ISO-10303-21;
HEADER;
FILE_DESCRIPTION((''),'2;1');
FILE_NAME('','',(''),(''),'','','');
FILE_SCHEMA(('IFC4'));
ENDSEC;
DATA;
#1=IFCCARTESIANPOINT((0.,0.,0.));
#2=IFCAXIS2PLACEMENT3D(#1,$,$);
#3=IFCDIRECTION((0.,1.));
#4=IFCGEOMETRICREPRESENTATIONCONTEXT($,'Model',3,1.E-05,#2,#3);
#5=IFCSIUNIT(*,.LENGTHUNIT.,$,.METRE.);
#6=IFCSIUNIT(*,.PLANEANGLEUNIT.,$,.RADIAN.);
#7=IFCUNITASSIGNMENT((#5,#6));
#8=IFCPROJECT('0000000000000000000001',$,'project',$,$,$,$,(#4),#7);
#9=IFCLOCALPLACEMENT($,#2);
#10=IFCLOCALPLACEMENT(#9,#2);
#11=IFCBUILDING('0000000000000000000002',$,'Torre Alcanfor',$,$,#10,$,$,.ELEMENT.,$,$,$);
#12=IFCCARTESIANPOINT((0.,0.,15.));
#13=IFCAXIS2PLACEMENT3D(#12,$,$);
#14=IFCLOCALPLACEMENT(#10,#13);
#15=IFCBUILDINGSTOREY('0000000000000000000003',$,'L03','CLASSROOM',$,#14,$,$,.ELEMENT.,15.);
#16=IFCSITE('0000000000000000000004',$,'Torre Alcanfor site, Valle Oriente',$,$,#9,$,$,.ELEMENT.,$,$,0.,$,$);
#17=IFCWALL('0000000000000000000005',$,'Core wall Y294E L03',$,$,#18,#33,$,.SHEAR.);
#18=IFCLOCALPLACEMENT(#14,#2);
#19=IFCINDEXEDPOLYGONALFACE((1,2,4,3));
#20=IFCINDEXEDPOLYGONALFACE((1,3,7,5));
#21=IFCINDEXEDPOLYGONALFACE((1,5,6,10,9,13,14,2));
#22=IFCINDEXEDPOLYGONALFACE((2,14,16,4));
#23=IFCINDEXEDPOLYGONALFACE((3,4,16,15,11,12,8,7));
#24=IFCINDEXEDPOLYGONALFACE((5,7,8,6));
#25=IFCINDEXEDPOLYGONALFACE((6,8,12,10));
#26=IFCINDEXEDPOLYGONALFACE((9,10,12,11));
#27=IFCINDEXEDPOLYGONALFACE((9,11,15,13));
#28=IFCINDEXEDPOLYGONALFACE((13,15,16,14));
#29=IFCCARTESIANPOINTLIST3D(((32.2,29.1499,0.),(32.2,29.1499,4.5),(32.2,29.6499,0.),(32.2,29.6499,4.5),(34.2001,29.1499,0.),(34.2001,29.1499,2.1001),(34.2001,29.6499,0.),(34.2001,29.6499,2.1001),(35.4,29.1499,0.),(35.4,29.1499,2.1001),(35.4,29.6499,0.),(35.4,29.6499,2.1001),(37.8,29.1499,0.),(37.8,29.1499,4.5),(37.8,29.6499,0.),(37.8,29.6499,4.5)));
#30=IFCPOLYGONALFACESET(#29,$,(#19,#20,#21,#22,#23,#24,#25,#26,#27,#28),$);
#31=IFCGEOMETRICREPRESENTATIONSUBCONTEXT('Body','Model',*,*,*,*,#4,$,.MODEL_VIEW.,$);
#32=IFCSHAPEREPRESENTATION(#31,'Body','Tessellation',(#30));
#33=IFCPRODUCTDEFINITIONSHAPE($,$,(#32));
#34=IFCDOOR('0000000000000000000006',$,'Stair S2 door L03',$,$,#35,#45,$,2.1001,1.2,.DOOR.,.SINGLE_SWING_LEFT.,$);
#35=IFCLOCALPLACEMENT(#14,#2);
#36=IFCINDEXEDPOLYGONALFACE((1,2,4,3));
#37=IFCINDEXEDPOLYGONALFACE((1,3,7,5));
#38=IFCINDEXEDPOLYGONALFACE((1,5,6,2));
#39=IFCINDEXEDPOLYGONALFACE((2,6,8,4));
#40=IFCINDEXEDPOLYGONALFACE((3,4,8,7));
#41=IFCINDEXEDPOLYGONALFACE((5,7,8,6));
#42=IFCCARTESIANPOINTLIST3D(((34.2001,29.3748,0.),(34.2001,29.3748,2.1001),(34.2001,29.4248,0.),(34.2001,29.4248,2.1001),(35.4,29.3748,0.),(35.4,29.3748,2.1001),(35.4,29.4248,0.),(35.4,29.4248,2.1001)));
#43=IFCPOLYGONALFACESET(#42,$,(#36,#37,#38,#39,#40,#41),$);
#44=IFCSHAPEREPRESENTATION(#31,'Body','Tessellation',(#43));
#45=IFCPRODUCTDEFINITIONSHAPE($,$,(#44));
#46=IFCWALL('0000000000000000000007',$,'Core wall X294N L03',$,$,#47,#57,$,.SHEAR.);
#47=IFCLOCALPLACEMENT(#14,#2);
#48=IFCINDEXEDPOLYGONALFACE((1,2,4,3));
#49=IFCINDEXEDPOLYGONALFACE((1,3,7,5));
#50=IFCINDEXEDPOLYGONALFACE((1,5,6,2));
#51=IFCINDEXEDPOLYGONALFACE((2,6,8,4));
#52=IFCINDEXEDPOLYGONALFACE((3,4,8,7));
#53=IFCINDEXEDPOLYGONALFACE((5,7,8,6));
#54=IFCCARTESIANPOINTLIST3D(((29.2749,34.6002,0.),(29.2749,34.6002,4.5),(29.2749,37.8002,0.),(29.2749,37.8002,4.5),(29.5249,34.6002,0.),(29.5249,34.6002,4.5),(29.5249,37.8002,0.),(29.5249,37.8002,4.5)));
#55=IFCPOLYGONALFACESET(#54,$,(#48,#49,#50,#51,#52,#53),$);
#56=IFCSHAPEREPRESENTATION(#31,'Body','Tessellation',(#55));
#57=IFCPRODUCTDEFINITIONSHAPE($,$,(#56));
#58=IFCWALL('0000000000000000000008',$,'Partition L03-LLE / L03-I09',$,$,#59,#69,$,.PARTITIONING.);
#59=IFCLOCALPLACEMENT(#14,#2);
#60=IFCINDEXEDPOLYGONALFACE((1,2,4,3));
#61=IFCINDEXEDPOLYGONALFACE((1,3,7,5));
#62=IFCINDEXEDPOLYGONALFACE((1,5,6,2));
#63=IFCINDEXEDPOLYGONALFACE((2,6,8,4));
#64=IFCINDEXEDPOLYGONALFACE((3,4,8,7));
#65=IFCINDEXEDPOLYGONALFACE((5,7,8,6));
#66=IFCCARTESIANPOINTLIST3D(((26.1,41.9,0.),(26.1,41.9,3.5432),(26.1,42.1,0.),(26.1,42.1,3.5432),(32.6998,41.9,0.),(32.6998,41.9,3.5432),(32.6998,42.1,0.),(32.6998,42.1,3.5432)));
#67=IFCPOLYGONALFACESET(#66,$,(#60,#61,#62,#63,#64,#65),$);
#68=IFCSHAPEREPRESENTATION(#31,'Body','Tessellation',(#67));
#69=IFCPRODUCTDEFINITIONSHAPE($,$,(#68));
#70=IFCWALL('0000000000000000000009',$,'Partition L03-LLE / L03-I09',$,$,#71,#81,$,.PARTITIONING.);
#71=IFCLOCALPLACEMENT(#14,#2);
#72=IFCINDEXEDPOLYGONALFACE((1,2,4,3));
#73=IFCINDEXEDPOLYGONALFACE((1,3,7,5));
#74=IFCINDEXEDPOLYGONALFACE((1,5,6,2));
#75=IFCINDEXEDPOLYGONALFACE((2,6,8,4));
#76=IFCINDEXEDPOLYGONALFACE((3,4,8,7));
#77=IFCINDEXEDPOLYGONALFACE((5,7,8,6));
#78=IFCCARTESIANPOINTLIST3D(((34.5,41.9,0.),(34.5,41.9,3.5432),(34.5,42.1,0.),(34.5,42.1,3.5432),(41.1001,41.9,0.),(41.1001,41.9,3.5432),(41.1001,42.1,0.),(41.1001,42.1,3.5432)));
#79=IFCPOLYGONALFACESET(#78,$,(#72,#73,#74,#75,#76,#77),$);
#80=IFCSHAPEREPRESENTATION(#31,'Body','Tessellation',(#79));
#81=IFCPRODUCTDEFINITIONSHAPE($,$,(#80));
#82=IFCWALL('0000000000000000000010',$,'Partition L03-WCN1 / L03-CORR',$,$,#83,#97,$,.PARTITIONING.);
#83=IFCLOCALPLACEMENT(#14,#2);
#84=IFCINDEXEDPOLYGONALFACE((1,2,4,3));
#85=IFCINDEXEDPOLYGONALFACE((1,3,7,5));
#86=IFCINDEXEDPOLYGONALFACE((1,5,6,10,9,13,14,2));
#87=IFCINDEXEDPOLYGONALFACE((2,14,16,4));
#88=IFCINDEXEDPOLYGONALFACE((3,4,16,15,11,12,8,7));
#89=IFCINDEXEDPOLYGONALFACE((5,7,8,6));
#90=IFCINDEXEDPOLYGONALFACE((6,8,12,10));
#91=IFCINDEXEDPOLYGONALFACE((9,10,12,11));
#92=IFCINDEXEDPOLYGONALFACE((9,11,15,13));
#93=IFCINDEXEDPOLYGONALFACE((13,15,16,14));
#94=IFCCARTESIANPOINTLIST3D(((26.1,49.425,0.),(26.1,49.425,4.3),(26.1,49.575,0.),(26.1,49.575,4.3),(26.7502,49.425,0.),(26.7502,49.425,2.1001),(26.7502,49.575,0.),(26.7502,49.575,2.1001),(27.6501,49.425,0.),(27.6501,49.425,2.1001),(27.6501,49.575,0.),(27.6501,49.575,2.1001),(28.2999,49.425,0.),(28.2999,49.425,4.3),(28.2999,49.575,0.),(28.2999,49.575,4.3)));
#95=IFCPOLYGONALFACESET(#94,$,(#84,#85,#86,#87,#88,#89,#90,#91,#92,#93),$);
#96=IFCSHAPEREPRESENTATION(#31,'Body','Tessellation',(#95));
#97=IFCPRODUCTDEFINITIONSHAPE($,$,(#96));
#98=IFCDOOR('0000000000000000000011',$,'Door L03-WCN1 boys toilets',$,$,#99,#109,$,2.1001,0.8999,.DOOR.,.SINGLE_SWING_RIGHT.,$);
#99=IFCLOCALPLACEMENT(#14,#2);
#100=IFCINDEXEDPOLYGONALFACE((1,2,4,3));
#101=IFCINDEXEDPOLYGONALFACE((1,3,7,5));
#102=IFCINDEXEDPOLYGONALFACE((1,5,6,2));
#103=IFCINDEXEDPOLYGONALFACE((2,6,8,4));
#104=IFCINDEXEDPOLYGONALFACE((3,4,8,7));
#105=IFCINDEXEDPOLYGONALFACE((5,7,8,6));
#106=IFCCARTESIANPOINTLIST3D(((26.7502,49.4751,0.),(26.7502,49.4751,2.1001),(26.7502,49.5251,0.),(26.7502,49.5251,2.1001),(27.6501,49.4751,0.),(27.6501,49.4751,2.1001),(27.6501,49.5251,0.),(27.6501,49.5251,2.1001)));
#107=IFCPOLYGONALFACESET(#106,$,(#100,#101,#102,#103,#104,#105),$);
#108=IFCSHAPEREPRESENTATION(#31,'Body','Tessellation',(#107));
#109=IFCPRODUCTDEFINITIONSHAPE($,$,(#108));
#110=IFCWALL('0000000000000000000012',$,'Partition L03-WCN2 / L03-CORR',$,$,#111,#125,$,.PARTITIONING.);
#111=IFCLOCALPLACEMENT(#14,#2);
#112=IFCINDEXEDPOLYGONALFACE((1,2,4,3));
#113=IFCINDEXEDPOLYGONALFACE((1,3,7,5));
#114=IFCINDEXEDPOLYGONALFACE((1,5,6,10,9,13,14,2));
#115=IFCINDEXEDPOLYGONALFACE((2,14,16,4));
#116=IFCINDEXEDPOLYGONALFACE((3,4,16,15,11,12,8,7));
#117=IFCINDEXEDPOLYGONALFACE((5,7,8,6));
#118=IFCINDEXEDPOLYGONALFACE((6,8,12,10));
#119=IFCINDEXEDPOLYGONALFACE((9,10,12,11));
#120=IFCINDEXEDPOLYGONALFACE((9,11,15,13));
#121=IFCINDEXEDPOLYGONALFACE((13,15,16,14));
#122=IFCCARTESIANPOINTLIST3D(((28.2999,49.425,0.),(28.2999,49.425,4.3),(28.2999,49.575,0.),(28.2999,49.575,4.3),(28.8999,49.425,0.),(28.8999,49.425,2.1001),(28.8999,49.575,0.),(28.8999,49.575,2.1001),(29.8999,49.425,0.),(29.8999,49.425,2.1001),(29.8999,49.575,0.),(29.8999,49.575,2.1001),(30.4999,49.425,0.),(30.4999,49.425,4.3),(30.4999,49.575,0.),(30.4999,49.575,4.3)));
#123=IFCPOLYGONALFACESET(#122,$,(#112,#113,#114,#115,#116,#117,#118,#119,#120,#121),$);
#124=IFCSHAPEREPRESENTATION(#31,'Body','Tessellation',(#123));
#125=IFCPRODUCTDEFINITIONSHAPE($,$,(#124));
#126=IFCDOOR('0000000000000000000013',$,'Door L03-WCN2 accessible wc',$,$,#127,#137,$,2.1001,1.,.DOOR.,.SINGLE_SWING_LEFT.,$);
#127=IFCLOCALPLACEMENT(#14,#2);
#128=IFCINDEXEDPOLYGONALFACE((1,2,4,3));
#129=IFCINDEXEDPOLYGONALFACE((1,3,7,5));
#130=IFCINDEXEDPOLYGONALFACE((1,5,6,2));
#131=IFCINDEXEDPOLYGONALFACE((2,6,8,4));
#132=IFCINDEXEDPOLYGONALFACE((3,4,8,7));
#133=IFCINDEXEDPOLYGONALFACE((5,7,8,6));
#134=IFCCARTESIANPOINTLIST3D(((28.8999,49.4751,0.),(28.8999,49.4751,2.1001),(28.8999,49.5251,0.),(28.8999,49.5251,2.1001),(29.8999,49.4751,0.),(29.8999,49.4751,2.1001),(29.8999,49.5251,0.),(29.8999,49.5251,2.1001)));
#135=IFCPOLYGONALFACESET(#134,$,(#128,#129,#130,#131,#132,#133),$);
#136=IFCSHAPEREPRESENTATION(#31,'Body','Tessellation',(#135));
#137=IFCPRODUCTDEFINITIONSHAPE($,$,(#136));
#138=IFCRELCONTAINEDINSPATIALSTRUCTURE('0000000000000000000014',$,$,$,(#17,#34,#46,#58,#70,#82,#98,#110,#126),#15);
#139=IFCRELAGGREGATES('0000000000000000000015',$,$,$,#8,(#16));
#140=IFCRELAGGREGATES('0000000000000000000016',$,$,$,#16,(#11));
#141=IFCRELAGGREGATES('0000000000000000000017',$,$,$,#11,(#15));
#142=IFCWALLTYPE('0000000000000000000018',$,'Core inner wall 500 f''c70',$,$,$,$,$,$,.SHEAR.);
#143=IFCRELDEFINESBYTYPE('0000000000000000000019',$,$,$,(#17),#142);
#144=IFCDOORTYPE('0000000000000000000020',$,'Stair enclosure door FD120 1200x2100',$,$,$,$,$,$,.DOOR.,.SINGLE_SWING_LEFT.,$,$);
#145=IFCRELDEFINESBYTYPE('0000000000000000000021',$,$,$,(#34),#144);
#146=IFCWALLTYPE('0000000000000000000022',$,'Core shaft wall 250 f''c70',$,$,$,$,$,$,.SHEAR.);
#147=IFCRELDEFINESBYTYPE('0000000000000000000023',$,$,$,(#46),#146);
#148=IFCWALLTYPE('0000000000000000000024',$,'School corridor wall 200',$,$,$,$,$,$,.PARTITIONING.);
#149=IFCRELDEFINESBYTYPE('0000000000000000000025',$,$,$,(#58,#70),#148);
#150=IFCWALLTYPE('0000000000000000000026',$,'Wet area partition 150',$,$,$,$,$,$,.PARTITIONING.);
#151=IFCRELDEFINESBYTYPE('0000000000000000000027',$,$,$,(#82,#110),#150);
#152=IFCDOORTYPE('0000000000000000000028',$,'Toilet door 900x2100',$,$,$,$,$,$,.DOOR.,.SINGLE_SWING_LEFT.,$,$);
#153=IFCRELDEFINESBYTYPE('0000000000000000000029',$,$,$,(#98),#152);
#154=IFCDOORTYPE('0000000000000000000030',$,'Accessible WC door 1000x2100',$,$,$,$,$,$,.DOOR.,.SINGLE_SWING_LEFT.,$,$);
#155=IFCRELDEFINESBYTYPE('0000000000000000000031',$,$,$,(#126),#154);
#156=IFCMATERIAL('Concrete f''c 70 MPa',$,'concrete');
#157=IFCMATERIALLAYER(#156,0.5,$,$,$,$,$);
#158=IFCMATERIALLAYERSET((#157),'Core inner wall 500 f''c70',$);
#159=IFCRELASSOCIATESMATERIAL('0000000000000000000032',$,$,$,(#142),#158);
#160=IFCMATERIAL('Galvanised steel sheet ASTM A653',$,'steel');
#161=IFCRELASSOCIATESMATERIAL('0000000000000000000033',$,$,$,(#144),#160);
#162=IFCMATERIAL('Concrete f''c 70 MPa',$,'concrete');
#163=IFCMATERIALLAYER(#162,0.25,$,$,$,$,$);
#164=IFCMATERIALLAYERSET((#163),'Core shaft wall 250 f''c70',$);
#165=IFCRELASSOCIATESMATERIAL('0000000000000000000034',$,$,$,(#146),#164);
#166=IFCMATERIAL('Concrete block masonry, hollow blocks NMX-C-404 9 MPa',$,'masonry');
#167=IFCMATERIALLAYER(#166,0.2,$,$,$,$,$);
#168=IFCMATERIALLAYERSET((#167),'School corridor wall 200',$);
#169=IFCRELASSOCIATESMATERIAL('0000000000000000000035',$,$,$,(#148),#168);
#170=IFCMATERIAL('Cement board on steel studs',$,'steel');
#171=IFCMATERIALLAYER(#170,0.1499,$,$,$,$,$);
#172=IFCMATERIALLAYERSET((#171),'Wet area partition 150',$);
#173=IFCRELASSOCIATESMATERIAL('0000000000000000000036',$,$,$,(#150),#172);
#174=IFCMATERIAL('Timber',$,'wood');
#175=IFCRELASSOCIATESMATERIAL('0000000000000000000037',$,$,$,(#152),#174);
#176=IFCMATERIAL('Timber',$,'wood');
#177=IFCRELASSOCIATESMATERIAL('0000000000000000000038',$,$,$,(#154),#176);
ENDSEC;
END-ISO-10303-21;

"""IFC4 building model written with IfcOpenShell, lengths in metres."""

from ifc_helpers import new_model, si_unit, direction, frame, frame_2d, origin, place, context, subcontext, project, spatial, rectangle, extrude, material, layer, layer_set, type_object, element, fill, save


model = new_model("IFC4")

# Units and contexts
model_context = context("Model", 3, precision=1e-05, world=origin(), true_north=direction((0.0, 1.0)))
body_context = subcontext(model_context, "Body", "Model", "MODEL_VIEW")
ifc_project = project(units=[si_unit("LENGTHUNIT", "METRE"), si_unit("PLANEANGLEUNIT", "RADIAN")], contexts=[model_context])

# Site, building, storey
site_placement = place(None, origin())
site = spatial("IfcSite", under=ifc_project, at=site_placement, Name="Torre Alcanfor site, Valle Oriente", CompositionType="ELEMENT", RefElevation=0.0)
building_placement = place(site_placement, origin())
building = spatial("IfcBuilding", under=site, at=building_placement, Name="Torre Alcanfor", CompositionType="ELEMENT")
storey_placement = place(building_placement, frame((0.0, 0.0, 15.0)))
storey = spatial("IfcBuildingStorey", under=building, at=storey_placement, Name="L03", Description="CLASSROOM", CompositionType="ELEMENT", Elevation=15.0)

# Shared definitions
ifc_material_1 = material(Name="Concrete f'c 70 MPa", Category="concrete")
ifc_layer_1 = layer(ifc_material_1, 0.5)
ifc_layer_set_1 = layer_set([ifc_layer_1], Name="Core inner wall 500 f'c70")
wall_type_1 = type_object("IfcWallType", Name="Core inner wall 500 f'c70", PredefinedType="SHEAR", material=ifc_layer_set_1)

# Wall, opening, door
wall_1_placement = place(storey_placement, frame((32.2, 29.3999, 0.0), z_axis=(0.0, 0.0, 1.0), x_axis=(1.0, 0.0, 0.0)))
wall_1 = element("IfcWall", 1, at=wall_1_placement, inside=storey, type_object=wall_type_1, Name="Core wall Y294E L03", PredefinedType="SHEAR", context=body_context, shape_type="SweptSolid", body=[
    extrude(rectangle(XDim=5.6001, YDim=0.5, at=frame_2d((2.8, 0.0))), origin(), (0.0, 0.0, 1.0), 4.5),
])
opening_1_placement = place(wall_1_placement, frame((2.0, 0.0, 0.0)))
opening_1 = element("IfcOpeningElement", 2, at=opening_1_placement, cuts=wall_1, PredefinedType="OPENING", context=body_context, shape_type="SweptSolid", body=[
    extrude(rectangle(XDim=1.2, YDim=2.1001, at=frame_2d((0.6001, 1.05))), frame((0.0, 0.26, 0.0), z_axis=(0.0, -1.0, 0.0), x_axis=(1.0, 0.0, 0.0)), (0.0, 0.0, 1.0), 0.52),
])
ifc_material_2 = material(Name="Galvanised steel sheet ASTM A653", Category="steel")
door_type_1 = type_object("IfcDoorType", Name="Stair enclosure door FD120 1200x2100", OperationType="SINGLE_SWING_LEFT", PredefinedType="DOOR", material=ifc_material_2)
door_1_placement = place(opening_1_placement, origin())
door_1 = element("IfcDoor", 3, at=door_1_placement, inside=storey, type_object=door_type_1, Name="Stair S2 door L03", OperationType="SINGLE_SWING_LEFT", OverallHeight=2.1001, OverallWidth=1.2, PredefinedType="DOOR", context=body_context, shape_type="SweptSolid", body=[
    extrude(rectangle(XDim=1.2, YDim=2.1001, at=frame_2d((0.6001, 1.05))), frame((0.0, 0.0249, 0.0), z_axis=(0.0, -1.0, 0.0), x_axis=(1.0, 0.0, 0.0)), (0.0, 0.0, 1.0), 0.05),
])
fill(opening_1, door_1)

# Walls
ifc_material_3 = material(Name="Concrete f'c 70 MPa", Category="concrete")
ifc_layer_2 = layer(ifc_material_3, 0.25)
ifc_layer_set_2 = layer_set([ifc_layer_2], Name="Core shaft wall 250 f'c70")
wall_type_2 = type_object("IfcWallType", Name="Core shaft wall 250 f'c70", PredefinedType="SHEAR", material=ifc_layer_set_2)
wall_2_placement = place(storey_placement, frame((29.3999, 34.6001, 0.0), z_axis=(0.0, 0.0, 1.0), x_axis=(0.0, 1.0, 0.0)))
element("IfcWall", 4, at=wall_2_placement, inside=storey, type_object=wall_type_2, Name="Core wall X294N L03", PredefinedType="SHEAR", context=body_context, shape_type="SweptSolid", body=[
    extrude(rectangle(XDim=3.2, YDim=0.25, at=frame_2d((1.6001, 0.0))), origin(), (0.0, 0.0, 1.0), 4.5),
])
ifc_material_4 = material(Name="Concrete block masonry, hollow blocks NMX-C-404 9 MPa", Category="masonry")
ifc_layer_3 = layer(ifc_material_4, 0.2)
ifc_layer_set_3 = layer_set([ifc_layer_3], Name="School corridor wall 200")
wall_type_3 = type_object("IfcWallType", Name="School corridor wall 200", PredefinedType="PARTITIONING", material=ifc_layer_set_3)
wall_3_placement = place(storey_placement, frame((26.1001, 42.0, 0.0), z_axis=(0.0, 0.0, 1.0), x_axis=(1.0, 0.0, 0.0)))
element("IfcWall", 5, at=wall_3_placement, inside=storey, type_object=wall_type_3, Name="Partition L03-LLE / L03-I09", PredefinedType="PARTITIONING", context=body_context, shape_type="SweptSolid", body=[
    extrude(rectangle(XDim=6.5999, YDim=0.2, at=frame_2d((3.2998, 0.0))), origin(), (0.0, 0.0, 1.0), 3.5432),
])
wall_4_placement = place(storey_placement, frame((34.5, 42.0, 0.0), z_axis=(0.0, 0.0, 1.0), x_axis=(1.0, 0.0, 0.0)))
element("IfcWall", 6, at=wall_4_placement, inside=storey, type_object=wall_type_3, Name="Partition L03-LLE / L03-I09", PredefinedType="PARTITIONING", context=body_context, shape_type="SweptSolid", body=[
    extrude(rectangle(XDim=6.6001, YDim=0.2, at=frame_2d((3.3, 0.0))), origin(), (0.0, 0.0, 1.0), 3.5432),
])

# Walls, openings, doors
ifc_material_5 = material(Name="Cement board on steel studs", Category="steel")
ifc_layer_4 = layer(ifc_material_5, 0.1499)
ifc_layer_set_4 = layer_set([ifc_layer_4], Name="Wet area partition 150")
wall_type_4 = type_object("IfcWallType", Name="Wet area partition 150", PredefinedType="PARTITIONING", material=ifc_layer_set_4)
wall_5_placement = place(storey_placement, frame((28.3, 49.5, 0.0), z_axis=(0.0, 0.0, 1.0), x_axis=(-1.0, 0.0, 0.0)))
wall_5 = element("IfcWall", 7, at=wall_5_placement, inside=storey, type_object=wall_type_4, Name="Partition L03-WCN1 / L03-CORR", PredefinedType="PARTITIONING", context=body_context, shape_type="SweptSolid", body=[
    extrude(rectangle(XDim=2.2, YDim=0.1499, at=frame_2d((1.1001, 0.0))), origin(), (0.0, 0.0, 1.0), 4.3),
])
opening_2_placement = place(wall_5_placement, frame((0.6499, 0.0, 0.0)))
opening_2 = element("IfcOpeningElement", 8, at=opening_2_placement, cuts=wall_5, PredefinedType="OPENING", context=body_context, shape_type="SweptSolid", body=[
    extrude(rectangle(XDim=0.8999, YDim=2.1001, at=frame_2d((0.45, 1.05))), frame((0.0, 0.085, 0.0), z_axis=(0.0, -1.0, 0.0), x_axis=(1.0, 0.0, 0.0)), (0.0, 0.0, 1.0), 0.1699),
])
ifc_material_6 = material(Name="Timber", Category="wood")
door_type_2 = type_object("IfcDoorType", Name="Toilet door 900x2100", OperationType="SINGLE_SWING_LEFT", PredefinedType="DOOR", material=ifc_material_6)
door_2_placement = place(opening_2_placement, frame((0.8999, 0.0, 0.0), z_axis=(0.0, 0.0, 1.0), x_axis=(-1.0, 0.0, 0.0)))
door_2 = element("IfcDoor", 9, at=door_2_placement, inside=storey, type_object=door_type_2, Name="Door L03-WCN1 boys toilets", OperationType="SINGLE_SWING_RIGHT", OverallHeight=2.1001, OverallWidth=0.8999, PredefinedType="DOOR", context=body_context, shape_type="SweptSolid", body=[
    extrude(rectangle(XDim=0.8999, YDim=2.1001, at=frame_2d((0.45, 1.05))), frame((0.0, 0.0251, 0.0), z_axis=(0.0, -1.0, 0.0), x_axis=(1.0, 0.0, 0.0)), (0.0, 0.0, 1.0), 0.05),
])
fill(opening_2, door_2)
wall_6_placement = place(storey_placement, frame((30.5, 49.5, 0.0), z_axis=(0.0, 0.0, 1.0), x_axis=(-1.0, 0.0, 0.0)))
wall_6 = element("IfcWall", 10, at=wall_6_placement, inside=storey, type_object=wall_type_4, Name="Partition L03-WCN2 / L03-CORR", PredefinedType="PARTITIONING", context=body_context, shape_type="SweptSolid", body=[
    extrude(rectangle(XDim=2.2, YDim=0.1499, at=frame_2d((1.1001, 0.0))), origin(), (0.0, 0.0, 1.0), 4.3),
])
opening_3_placement = place(wall_6_placement, frame((0.6001, 0.0, 0.0)))
opening_3 = element("IfcOpeningElement", 11, at=opening_3_placement, cuts=wall_6, PredefinedType="OPENING", context=body_context, shape_type="SweptSolid", body=[
    extrude(rectangle(XDim=1.0, YDim=2.1001, at=frame_2d((0.5, 1.05))), frame((0.0, 0.085, 0.0), z_axis=(0.0, -1.0, 0.0), x_axis=(1.0, 0.0, 0.0)), (0.0, 0.0, 1.0), 0.1699),
])
ifc_material_7 = material(Name="Timber", Category="wood")
door_type_3 = type_object("IfcDoorType", Name="Accessible WC door 1000x2100", OperationType="SINGLE_SWING_LEFT", PredefinedType="DOOR", material=ifc_material_7)
door_3_placement = place(opening_3_placement, origin())
door_3 = element("IfcDoor", 12, at=door_3_placement, inside=storey, type_object=door_type_3, Name="Door L03-WCN2 accessible wc", OperationType="SINGLE_SWING_LEFT", OverallHeight=2.1001, OverallWidth=1.0, PredefinedType="DOOR", context=body_context, shape_type="SweptSolid", body=[
    extrude(rectangle(XDim=1.0, YDim=2.1001, at=frame_2d((0.5, 1.05))), frame((0.0, 0.0249, 0.0), z_axis=(0.0, -1.0, 0.0), x_axis=(1.0, 0.0, 0.0)), (0.0, 0.0, 1.0), 0.05),
])
fill(opening_3, door_3)

save(model, "model.ifc")
